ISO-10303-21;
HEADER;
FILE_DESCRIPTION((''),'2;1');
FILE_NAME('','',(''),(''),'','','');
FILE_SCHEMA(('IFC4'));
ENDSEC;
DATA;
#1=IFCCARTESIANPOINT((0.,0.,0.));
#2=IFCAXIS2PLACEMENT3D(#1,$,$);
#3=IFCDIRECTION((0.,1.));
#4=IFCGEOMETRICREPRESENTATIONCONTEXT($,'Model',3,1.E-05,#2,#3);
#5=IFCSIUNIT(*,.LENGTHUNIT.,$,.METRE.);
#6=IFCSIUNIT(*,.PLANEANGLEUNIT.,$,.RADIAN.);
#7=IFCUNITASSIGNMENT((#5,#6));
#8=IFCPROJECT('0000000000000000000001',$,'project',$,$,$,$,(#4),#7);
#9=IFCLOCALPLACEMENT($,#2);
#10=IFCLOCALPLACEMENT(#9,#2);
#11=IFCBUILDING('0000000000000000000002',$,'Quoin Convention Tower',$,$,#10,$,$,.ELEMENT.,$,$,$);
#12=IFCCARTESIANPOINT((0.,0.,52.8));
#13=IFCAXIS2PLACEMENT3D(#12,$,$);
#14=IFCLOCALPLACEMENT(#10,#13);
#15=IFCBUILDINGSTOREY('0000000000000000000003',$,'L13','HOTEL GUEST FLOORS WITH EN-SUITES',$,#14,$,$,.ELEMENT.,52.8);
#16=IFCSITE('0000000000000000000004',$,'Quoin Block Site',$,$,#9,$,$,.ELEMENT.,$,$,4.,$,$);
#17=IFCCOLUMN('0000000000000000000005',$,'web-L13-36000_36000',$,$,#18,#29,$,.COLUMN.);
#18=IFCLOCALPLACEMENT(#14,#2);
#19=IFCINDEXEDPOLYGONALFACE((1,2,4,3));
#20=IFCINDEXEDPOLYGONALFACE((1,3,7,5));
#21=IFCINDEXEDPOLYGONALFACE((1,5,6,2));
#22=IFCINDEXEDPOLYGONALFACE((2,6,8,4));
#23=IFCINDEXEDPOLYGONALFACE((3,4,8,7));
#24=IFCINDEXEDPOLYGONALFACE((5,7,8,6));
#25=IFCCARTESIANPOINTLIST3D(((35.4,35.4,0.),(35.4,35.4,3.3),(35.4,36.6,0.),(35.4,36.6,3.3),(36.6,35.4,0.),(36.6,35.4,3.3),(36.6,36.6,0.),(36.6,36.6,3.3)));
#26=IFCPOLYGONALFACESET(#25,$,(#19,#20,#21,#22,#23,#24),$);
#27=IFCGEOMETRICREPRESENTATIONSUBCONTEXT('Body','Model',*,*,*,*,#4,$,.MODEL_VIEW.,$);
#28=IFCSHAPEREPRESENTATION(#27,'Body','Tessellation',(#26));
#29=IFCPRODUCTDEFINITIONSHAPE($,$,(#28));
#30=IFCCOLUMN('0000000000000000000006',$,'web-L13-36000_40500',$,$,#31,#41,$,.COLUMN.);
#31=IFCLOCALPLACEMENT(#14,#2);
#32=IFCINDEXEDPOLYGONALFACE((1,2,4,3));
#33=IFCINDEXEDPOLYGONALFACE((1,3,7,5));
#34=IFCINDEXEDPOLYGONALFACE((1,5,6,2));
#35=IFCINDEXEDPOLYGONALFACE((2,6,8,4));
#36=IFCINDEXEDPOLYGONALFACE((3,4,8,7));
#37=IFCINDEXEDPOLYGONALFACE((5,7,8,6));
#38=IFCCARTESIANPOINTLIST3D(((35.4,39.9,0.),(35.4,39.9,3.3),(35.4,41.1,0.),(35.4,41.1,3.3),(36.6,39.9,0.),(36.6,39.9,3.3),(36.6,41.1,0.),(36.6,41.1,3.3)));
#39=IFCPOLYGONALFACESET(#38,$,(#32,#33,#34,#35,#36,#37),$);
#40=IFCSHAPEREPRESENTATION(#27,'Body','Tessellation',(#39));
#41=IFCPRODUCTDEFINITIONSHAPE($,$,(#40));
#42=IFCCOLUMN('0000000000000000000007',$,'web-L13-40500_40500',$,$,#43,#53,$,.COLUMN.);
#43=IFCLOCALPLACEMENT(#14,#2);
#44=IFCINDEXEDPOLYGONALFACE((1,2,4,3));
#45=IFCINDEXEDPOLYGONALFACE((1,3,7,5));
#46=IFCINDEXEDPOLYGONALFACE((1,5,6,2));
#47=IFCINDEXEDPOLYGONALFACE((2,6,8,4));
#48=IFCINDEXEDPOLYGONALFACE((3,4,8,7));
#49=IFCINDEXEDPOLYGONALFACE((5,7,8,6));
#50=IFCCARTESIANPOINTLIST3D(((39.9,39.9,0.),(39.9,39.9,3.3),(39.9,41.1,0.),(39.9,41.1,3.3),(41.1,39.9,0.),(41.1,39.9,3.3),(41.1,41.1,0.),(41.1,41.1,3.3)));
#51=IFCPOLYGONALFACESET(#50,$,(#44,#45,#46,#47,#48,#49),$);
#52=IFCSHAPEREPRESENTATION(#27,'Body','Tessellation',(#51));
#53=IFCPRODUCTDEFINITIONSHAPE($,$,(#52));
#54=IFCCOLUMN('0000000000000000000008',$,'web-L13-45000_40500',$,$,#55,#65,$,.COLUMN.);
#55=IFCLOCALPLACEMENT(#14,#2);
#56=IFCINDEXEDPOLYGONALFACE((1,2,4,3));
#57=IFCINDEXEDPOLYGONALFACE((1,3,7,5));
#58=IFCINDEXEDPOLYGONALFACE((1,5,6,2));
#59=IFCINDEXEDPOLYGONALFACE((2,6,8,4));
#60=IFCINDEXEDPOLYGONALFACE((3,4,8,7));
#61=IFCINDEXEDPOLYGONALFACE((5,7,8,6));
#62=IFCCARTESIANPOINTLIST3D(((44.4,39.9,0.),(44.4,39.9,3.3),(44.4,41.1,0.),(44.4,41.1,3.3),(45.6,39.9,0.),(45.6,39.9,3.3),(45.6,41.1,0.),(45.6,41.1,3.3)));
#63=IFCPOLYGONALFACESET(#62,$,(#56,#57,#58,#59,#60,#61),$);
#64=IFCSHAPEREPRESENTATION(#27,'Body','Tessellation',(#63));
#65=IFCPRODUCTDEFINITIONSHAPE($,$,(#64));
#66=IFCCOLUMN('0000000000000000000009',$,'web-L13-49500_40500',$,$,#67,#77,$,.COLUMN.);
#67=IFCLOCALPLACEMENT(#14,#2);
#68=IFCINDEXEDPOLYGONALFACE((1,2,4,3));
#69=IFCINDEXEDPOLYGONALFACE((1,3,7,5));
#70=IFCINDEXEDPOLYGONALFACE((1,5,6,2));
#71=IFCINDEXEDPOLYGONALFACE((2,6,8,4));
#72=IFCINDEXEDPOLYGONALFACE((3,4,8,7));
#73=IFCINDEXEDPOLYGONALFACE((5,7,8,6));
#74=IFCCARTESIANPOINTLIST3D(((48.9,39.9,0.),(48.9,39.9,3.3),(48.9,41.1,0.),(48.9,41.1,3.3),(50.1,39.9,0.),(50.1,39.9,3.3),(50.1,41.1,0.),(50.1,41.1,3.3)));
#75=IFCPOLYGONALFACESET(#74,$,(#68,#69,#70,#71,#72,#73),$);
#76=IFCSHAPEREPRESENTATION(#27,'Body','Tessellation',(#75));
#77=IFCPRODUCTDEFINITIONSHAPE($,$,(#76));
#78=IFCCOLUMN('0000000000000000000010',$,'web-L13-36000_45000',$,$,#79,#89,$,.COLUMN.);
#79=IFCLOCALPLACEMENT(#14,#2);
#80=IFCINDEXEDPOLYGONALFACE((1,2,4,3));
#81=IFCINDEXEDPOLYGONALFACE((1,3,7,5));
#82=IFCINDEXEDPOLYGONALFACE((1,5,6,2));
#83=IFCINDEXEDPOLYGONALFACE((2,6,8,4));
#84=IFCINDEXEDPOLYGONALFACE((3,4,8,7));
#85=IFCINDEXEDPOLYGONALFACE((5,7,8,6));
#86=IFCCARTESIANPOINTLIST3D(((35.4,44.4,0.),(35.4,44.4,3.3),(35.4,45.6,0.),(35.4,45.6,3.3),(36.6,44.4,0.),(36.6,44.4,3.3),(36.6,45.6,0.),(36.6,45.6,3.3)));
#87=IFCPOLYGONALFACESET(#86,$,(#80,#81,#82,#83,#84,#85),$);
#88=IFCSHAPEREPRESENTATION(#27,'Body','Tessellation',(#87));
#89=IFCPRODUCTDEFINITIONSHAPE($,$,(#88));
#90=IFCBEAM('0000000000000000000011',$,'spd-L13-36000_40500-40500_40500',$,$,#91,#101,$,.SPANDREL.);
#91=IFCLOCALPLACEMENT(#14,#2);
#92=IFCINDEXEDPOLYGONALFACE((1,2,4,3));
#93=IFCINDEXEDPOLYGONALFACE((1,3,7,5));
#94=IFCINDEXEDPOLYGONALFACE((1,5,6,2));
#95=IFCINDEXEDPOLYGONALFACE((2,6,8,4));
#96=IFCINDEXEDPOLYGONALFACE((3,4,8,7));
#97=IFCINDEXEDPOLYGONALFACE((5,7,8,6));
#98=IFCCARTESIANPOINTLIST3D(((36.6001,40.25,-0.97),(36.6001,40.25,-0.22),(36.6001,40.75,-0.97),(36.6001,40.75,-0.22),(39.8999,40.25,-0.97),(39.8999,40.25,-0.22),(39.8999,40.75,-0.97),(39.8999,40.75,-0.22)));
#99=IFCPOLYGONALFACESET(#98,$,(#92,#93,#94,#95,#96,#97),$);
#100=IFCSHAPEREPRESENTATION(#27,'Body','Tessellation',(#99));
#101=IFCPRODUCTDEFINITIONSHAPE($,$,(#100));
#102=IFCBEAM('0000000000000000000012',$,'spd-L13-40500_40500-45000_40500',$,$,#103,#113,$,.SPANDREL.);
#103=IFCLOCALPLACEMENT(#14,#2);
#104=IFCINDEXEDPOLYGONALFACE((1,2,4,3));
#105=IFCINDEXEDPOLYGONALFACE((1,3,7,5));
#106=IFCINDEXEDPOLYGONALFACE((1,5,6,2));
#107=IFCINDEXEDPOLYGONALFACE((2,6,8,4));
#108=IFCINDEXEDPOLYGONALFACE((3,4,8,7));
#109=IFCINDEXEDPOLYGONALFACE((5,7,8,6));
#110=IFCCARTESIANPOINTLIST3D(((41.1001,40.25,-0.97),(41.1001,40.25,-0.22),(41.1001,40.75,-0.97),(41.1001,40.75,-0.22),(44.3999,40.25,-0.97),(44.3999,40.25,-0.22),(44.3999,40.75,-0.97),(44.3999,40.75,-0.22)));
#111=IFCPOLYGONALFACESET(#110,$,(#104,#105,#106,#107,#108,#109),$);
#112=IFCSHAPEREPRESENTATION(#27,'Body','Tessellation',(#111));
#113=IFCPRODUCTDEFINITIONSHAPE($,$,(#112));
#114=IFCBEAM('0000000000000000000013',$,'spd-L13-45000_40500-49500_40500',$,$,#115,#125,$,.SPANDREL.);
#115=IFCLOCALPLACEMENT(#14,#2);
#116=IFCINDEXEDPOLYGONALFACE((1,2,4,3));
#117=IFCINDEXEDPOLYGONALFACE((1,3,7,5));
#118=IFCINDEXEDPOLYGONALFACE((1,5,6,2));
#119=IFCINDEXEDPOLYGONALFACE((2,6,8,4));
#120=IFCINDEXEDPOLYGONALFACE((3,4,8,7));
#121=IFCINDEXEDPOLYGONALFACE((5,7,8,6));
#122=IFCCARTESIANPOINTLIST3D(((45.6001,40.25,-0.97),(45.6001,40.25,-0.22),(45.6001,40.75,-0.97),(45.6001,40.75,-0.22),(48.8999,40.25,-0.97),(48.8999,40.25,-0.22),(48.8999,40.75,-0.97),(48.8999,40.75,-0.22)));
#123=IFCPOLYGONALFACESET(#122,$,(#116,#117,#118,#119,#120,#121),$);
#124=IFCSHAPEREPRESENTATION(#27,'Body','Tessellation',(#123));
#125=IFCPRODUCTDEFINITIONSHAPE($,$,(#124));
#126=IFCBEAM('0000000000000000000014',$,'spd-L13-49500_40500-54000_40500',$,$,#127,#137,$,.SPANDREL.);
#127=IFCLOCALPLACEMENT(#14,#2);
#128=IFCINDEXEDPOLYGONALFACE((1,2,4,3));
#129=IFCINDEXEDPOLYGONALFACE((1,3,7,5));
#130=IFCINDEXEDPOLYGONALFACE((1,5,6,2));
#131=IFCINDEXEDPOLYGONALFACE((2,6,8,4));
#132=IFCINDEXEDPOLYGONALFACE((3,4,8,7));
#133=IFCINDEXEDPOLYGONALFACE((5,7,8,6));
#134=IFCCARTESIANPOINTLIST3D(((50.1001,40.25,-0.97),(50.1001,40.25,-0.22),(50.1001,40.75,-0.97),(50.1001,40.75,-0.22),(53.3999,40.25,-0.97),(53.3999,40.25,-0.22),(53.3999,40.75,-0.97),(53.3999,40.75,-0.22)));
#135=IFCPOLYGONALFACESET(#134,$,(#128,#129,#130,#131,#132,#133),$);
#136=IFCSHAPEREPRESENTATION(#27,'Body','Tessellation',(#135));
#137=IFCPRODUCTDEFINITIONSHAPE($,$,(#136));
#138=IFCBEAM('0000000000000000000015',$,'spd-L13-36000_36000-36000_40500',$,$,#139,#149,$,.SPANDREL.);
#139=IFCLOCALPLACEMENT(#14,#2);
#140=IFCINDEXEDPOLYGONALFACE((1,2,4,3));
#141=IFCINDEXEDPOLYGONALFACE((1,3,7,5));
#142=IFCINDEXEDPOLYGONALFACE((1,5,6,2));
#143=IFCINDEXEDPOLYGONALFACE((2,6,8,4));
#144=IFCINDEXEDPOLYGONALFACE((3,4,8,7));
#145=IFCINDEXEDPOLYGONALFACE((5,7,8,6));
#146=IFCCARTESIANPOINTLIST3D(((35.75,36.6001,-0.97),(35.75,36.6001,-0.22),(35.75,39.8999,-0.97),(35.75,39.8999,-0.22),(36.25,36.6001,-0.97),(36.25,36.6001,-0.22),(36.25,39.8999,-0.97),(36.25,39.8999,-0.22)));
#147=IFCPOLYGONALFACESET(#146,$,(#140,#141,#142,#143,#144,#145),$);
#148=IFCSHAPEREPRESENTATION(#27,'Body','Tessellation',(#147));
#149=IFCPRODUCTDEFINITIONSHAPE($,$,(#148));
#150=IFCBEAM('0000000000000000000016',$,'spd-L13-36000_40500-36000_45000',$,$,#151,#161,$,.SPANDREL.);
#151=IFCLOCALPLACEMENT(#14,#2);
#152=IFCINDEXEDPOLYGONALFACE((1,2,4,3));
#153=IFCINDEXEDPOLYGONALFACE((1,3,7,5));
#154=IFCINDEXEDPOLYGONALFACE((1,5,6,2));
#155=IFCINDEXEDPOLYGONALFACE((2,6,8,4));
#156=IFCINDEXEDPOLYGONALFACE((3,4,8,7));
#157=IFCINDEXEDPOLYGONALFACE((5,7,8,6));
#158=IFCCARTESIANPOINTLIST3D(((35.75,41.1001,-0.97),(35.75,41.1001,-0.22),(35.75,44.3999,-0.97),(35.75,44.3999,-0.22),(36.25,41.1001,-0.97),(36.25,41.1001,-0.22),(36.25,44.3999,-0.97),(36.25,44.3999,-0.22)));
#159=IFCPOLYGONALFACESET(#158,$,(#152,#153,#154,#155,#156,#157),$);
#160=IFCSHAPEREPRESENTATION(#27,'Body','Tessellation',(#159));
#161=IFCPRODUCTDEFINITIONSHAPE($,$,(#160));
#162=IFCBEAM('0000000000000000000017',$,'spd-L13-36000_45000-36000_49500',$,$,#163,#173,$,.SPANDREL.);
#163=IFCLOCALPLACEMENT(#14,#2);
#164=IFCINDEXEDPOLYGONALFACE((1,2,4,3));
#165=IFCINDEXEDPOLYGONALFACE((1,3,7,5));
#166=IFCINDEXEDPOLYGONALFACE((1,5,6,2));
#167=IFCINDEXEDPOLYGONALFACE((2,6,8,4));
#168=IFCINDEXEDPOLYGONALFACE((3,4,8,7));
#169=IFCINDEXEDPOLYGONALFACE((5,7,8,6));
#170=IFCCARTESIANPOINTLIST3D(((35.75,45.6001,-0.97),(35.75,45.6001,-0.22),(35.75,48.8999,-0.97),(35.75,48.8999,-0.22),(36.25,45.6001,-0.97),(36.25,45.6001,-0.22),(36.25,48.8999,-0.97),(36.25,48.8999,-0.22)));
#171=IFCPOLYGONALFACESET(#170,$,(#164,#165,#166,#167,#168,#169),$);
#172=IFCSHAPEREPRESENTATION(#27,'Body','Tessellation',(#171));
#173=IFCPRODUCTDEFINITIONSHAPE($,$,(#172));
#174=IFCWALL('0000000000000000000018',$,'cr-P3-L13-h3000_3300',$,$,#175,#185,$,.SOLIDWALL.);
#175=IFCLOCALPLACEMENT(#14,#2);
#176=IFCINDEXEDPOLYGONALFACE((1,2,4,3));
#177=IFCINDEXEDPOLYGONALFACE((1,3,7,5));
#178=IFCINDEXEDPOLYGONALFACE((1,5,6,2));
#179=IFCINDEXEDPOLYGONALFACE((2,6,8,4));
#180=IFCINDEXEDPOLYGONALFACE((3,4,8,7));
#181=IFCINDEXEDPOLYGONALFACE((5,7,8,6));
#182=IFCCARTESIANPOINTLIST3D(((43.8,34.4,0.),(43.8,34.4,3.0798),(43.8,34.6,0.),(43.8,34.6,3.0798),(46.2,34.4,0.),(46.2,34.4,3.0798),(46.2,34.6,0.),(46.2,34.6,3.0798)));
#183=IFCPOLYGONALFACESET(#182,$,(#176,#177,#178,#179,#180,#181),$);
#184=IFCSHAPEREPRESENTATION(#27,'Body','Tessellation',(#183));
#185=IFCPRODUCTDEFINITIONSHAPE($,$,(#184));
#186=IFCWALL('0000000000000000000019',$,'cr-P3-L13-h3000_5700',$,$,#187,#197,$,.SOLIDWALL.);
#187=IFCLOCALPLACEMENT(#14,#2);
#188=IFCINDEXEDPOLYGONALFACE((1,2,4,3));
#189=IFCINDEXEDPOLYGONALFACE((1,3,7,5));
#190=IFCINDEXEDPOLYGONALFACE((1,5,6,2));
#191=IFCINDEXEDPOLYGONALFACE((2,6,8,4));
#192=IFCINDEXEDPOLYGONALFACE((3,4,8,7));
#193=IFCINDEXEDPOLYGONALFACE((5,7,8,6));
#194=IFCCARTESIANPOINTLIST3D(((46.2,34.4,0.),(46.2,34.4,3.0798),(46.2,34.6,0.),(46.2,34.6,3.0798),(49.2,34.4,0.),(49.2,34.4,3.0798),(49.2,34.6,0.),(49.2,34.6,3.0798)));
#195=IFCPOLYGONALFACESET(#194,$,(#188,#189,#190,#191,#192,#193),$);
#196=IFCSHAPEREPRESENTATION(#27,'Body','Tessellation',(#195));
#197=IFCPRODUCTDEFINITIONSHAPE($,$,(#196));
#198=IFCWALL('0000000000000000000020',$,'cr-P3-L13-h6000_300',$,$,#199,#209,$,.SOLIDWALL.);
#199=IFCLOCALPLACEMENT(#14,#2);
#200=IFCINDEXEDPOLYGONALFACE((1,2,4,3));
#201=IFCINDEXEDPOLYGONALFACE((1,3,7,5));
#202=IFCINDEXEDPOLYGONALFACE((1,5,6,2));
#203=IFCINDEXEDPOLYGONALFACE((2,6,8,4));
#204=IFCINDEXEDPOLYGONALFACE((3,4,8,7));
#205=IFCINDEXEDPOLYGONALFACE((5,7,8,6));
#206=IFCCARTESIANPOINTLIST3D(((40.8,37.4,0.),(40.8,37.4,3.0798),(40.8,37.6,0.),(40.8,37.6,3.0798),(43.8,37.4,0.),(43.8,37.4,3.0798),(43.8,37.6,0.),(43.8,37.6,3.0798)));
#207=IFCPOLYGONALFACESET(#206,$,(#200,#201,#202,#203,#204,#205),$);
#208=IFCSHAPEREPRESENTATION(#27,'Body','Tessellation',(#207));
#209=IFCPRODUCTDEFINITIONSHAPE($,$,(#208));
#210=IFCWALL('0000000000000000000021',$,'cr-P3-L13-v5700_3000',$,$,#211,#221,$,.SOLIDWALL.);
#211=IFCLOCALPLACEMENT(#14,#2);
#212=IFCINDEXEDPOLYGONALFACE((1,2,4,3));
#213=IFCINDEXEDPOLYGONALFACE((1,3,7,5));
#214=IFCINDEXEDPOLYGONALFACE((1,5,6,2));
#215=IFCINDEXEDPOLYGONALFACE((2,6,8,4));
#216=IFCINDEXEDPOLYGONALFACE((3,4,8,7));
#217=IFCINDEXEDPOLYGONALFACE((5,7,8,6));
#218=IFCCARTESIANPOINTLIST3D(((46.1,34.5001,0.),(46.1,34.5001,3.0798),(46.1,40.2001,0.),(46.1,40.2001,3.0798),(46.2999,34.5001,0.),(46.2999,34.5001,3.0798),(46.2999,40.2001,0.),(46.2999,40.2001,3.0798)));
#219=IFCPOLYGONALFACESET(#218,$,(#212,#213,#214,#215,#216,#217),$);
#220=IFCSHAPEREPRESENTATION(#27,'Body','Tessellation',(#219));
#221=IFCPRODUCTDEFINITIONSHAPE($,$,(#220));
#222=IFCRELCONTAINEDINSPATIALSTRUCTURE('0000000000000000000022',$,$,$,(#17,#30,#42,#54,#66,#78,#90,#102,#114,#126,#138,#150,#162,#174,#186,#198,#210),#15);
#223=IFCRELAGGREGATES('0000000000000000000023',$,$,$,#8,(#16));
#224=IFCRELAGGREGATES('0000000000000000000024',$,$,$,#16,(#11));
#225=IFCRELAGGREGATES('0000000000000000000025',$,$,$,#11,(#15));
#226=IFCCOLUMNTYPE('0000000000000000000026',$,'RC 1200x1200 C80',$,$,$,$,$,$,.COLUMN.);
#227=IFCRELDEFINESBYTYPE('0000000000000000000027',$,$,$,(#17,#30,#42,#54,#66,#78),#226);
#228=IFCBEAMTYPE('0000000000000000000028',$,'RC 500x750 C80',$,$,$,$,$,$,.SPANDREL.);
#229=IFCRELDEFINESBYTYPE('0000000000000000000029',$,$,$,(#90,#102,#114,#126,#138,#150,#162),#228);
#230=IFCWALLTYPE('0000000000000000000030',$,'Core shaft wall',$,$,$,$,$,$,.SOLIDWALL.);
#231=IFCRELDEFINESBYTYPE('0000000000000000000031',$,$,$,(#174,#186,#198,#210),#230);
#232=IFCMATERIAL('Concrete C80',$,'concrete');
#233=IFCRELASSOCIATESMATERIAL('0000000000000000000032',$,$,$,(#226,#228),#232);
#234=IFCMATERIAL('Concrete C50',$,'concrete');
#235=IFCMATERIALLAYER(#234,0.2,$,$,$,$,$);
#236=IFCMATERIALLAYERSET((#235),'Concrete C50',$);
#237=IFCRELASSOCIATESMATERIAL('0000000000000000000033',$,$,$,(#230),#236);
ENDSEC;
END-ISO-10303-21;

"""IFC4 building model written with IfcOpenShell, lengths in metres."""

from ifc_helpers import new_model, si_unit, direction, frame, frame_2d, origin, origin_2d, place, context, subcontext, project, spatial, rectangle, extrude, material, layer, layer_set, material_profile, profile_set, type_object, element, save


model = new_model("IFC4")

# Units and contexts
model_context = context("Model", 3, precision=1e-05, world=origin(), true_north=direction((0.0, 1.0)))
body_context = subcontext(model_context, "Body", "Model", "MODEL_VIEW")
ifc_project = project(units=[si_unit("LENGTHUNIT", "METRE"), si_unit("PLANEANGLEUNIT", "RADIAN")], contexts=[model_context])

# Site, building, storey
site_placement = place(None, origin())
site = spatial("IfcSite", under=ifc_project, at=site_placement, Name="Quoin Block Site", CompositionType="ELEMENT", RefElevation=4.0)
building_placement = place(site_placement, origin())
building = spatial("IfcBuilding", under=site, at=building_placement, Name="Quoin Convention Tower", CompositionType="ELEMENT")
storey_placement = place(building_placement, frame((0.0, 0.0, 52.8)))
storey = spatial("IfcBuildingStorey", under=building, at=storey_placement, Name="L13", Description="HOTEL GUEST FLOORS WITH EN-SUITES", CompositionType="ELEMENT", Elevation=52.8)

# Columns
ifc_material_1 = material(Name="Concrete C80", Category="concrete")
ifc_material_profile_1 = material_profile(ifc_material_1, rectangle(XDim=1.2, YDim=1.2, at=origin_2d()), Name="RC 1200x1200")
ifc_profile_set_1 = profile_set([ifc_material_profile_1], Name="Concrete C80")
column_type = type_object("IfcColumnType", Name="RC 1200x1200 C80", PredefinedType="COLUMN", material=ifc_profile_set_1)
for number, where, z_axis, x_axis, name in (
    (1, (36.0, 36.0, 0.0), (0.0, 0.0, 1.0), (1.0, 0.0, 0.0), "web-L13-36000_36000"),
    (2, (36.0, 40.5, 0.0), (0.0, 0.0, 1.0), (1.0, 0.0, 0.0), "web-L13-36000_40500"),
    (3, (40.5, 40.5, 0.0), (0.0, 0.0, 1.0), (1.0, 0.0, 0.0), "web-L13-40500_40500"),
    (4, (45.0, 40.5, 0.0), (0.0, 0.0, 1.0), (1.0, 0.0, 0.0), "web-L13-45000_40500"),
    (5, (49.5, 40.5, 0.0), (0.0, 0.0, 1.0), (1.0, 0.0, 0.0), "web-L13-49500_40500"),
    (6, (36.0, 45.0, 0.0), (0.0, 0.0, 1.0), (1.0, 0.0, 0.0), "web-L13-36000_45000"),
):
    element("IfcColumn", number, at=place(storey_placement, frame(where, z_axis=z_axis, x_axis=x_axis)), inside=storey, type_object=column_type, Name=name, PredefinedType="COLUMN", context=body_context, shape_type="SweptSolid", body=[
        extrude(rectangle(XDim=1.2, YDim=1.2, at=origin_2d()), origin(), (0.0, 0.0, 1.0), 3.3),
    ])

# Beams
ifc_material_profile_2 = material_profile(ifc_material_1, rectangle(XDim=0.5, YDim=0.75, at=origin_2d()), Name="RC 500x750")
ifc_profile_set_2 = profile_set([ifc_material_profile_2], Name="Concrete C80")
beam_type = type_object("IfcBeamType", Name="RC 500x750 C80", PredefinedType="SPANDREL", material=ifc_profile_set_2)
for number, where, z_axis, x_axis, name in (
    (7, (36.6001, 40.5, -0.595), (1.0, 0.0, 0.0), (0.0, 1.0, 0.0), "spd-L13-36000_40500-40500_40500"),
    (8, (41.1001, 40.5, -0.595), (1.0, 0.0, 0.0), (0.0, 1.0, 0.0), "spd-L13-40500_40500-45000_40500"),
    (9, (45.6001, 40.5, -0.595), (1.0, 0.0, 0.0), (0.0, 1.0, 0.0), "spd-L13-45000_40500-49500_40500"),
    (10, (50.1001, 40.5, -0.595), (1.0, 0.0, 0.0), (0.0, 1.0, 0.0), "spd-L13-49500_40500-54000_40500"),
    (11, (36.0, 36.6001, -0.595), (0.0, 1.0, 0.0), (-1.0, 0.0, 0.0), "spd-L13-36000_36000-36000_40500"),
    (12, (36.0, 41.1001, -0.595), (0.0, 1.0, 0.0), (-1.0, 0.0, 0.0), "spd-L13-36000_40500-36000_45000"),
    (13, (36.0, 45.6001, -0.595), (0.0, 1.0, 0.0), (-1.0, 0.0, 0.0), "spd-L13-36000_45000-36000_49500"),
):
    element("IfcBeam", number, at=place(storey_placement, frame(where, z_axis=z_axis, x_axis=x_axis)), inside=storey, type_object=beam_type, Name=name, PredefinedType="SPANDREL", context=body_context, shape_type="SweptSolid", body=[
        extrude(rectangle(XDim=0.5, YDim=0.75, at=origin_2d()), origin(), (0.0, 0.0, 1.0), 3.2998),
    ])

# Walls
ifc_material_2 = material(Name="Concrete C50", Category="concrete")
ifc_layer_1 = layer(ifc_material_2, 0.2)
ifc_layer_set_1 = layer_set([ifc_layer_1], Name="Concrete C50")
wall_type_1 = type_object("IfcWallType", Name="Core shaft wall", PredefinedType="SOLIDWALL", material=ifc_layer_set_1)
wall_1_placement = place(storey_placement, frame((43.8, 34.5, 0.0), z_axis=(0.0, 0.0, 1.0), x_axis=(1.0, 0.0, 0.0)))
element("IfcWall", 14, at=wall_1_placement, inside=storey, type_object=wall_type_1, Name="cr-P3-L13-h3000_3300", PredefinedType="SOLIDWALL", context=body_context, shape_type="SweptSolid", body=[
    extrude(rectangle(XDim=2.3999, YDim=0.2, at=frame_2d((1.2, 0.0))), origin(), (0.0, 0.0, 1.0), 3.0798),
])
for number, where, z_axis, x_axis, name in (
    (15, (46.2, 34.5, 0.0), (0.0, 0.0, 1.0), (1.0, 0.0, 0.0), "cr-P3-L13-h3000_5700"),
    (16, (40.8, 37.5, 0.0), (0.0, 0.0, 1.0), (1.0, 0.0, 0.0), "cr-P3-L13-h6000_300"),
):
    element("IfcWall", number, at=place(storey_placement, frame(where, z_axis=z_axis, x_axis=x_axis)), inside=storey, type_object=wall_type_1, Name=name, PredefinedType="SOLIDWALL", context=body_context, shape_type="SweptSolid", body=[
        extrude(rectangle(XDim=3.0, YDim=0.2, at=frame_2d((1.5, 0.0))), origin(), (0.0, 0.0, 1.0), 3.0798),
    ])
wall_2_placement = place(storey_placement, frame((46.2, 34.5, 0.0), z_axis=(0.0, 0.0, 1.0), x_axis=(0.0, 1.0, 0.0)))
element("IfcWall", 17, at=wall_2_placement, inside=storey, type_object=wall_type_1, Name="cr-P3-L13-v5700_3000", PredefinedType="SOLIDWALL", context=body_context, shape_type="SweptSolid", body=[
    extrude(rectangle(XDim=5.7, YDim=0.2, at=frame_2d((2.8501, 0.0))), origin(), (0.0, 0.0, 1.0), 3.0798),
])

save(model, "model.ifc")
